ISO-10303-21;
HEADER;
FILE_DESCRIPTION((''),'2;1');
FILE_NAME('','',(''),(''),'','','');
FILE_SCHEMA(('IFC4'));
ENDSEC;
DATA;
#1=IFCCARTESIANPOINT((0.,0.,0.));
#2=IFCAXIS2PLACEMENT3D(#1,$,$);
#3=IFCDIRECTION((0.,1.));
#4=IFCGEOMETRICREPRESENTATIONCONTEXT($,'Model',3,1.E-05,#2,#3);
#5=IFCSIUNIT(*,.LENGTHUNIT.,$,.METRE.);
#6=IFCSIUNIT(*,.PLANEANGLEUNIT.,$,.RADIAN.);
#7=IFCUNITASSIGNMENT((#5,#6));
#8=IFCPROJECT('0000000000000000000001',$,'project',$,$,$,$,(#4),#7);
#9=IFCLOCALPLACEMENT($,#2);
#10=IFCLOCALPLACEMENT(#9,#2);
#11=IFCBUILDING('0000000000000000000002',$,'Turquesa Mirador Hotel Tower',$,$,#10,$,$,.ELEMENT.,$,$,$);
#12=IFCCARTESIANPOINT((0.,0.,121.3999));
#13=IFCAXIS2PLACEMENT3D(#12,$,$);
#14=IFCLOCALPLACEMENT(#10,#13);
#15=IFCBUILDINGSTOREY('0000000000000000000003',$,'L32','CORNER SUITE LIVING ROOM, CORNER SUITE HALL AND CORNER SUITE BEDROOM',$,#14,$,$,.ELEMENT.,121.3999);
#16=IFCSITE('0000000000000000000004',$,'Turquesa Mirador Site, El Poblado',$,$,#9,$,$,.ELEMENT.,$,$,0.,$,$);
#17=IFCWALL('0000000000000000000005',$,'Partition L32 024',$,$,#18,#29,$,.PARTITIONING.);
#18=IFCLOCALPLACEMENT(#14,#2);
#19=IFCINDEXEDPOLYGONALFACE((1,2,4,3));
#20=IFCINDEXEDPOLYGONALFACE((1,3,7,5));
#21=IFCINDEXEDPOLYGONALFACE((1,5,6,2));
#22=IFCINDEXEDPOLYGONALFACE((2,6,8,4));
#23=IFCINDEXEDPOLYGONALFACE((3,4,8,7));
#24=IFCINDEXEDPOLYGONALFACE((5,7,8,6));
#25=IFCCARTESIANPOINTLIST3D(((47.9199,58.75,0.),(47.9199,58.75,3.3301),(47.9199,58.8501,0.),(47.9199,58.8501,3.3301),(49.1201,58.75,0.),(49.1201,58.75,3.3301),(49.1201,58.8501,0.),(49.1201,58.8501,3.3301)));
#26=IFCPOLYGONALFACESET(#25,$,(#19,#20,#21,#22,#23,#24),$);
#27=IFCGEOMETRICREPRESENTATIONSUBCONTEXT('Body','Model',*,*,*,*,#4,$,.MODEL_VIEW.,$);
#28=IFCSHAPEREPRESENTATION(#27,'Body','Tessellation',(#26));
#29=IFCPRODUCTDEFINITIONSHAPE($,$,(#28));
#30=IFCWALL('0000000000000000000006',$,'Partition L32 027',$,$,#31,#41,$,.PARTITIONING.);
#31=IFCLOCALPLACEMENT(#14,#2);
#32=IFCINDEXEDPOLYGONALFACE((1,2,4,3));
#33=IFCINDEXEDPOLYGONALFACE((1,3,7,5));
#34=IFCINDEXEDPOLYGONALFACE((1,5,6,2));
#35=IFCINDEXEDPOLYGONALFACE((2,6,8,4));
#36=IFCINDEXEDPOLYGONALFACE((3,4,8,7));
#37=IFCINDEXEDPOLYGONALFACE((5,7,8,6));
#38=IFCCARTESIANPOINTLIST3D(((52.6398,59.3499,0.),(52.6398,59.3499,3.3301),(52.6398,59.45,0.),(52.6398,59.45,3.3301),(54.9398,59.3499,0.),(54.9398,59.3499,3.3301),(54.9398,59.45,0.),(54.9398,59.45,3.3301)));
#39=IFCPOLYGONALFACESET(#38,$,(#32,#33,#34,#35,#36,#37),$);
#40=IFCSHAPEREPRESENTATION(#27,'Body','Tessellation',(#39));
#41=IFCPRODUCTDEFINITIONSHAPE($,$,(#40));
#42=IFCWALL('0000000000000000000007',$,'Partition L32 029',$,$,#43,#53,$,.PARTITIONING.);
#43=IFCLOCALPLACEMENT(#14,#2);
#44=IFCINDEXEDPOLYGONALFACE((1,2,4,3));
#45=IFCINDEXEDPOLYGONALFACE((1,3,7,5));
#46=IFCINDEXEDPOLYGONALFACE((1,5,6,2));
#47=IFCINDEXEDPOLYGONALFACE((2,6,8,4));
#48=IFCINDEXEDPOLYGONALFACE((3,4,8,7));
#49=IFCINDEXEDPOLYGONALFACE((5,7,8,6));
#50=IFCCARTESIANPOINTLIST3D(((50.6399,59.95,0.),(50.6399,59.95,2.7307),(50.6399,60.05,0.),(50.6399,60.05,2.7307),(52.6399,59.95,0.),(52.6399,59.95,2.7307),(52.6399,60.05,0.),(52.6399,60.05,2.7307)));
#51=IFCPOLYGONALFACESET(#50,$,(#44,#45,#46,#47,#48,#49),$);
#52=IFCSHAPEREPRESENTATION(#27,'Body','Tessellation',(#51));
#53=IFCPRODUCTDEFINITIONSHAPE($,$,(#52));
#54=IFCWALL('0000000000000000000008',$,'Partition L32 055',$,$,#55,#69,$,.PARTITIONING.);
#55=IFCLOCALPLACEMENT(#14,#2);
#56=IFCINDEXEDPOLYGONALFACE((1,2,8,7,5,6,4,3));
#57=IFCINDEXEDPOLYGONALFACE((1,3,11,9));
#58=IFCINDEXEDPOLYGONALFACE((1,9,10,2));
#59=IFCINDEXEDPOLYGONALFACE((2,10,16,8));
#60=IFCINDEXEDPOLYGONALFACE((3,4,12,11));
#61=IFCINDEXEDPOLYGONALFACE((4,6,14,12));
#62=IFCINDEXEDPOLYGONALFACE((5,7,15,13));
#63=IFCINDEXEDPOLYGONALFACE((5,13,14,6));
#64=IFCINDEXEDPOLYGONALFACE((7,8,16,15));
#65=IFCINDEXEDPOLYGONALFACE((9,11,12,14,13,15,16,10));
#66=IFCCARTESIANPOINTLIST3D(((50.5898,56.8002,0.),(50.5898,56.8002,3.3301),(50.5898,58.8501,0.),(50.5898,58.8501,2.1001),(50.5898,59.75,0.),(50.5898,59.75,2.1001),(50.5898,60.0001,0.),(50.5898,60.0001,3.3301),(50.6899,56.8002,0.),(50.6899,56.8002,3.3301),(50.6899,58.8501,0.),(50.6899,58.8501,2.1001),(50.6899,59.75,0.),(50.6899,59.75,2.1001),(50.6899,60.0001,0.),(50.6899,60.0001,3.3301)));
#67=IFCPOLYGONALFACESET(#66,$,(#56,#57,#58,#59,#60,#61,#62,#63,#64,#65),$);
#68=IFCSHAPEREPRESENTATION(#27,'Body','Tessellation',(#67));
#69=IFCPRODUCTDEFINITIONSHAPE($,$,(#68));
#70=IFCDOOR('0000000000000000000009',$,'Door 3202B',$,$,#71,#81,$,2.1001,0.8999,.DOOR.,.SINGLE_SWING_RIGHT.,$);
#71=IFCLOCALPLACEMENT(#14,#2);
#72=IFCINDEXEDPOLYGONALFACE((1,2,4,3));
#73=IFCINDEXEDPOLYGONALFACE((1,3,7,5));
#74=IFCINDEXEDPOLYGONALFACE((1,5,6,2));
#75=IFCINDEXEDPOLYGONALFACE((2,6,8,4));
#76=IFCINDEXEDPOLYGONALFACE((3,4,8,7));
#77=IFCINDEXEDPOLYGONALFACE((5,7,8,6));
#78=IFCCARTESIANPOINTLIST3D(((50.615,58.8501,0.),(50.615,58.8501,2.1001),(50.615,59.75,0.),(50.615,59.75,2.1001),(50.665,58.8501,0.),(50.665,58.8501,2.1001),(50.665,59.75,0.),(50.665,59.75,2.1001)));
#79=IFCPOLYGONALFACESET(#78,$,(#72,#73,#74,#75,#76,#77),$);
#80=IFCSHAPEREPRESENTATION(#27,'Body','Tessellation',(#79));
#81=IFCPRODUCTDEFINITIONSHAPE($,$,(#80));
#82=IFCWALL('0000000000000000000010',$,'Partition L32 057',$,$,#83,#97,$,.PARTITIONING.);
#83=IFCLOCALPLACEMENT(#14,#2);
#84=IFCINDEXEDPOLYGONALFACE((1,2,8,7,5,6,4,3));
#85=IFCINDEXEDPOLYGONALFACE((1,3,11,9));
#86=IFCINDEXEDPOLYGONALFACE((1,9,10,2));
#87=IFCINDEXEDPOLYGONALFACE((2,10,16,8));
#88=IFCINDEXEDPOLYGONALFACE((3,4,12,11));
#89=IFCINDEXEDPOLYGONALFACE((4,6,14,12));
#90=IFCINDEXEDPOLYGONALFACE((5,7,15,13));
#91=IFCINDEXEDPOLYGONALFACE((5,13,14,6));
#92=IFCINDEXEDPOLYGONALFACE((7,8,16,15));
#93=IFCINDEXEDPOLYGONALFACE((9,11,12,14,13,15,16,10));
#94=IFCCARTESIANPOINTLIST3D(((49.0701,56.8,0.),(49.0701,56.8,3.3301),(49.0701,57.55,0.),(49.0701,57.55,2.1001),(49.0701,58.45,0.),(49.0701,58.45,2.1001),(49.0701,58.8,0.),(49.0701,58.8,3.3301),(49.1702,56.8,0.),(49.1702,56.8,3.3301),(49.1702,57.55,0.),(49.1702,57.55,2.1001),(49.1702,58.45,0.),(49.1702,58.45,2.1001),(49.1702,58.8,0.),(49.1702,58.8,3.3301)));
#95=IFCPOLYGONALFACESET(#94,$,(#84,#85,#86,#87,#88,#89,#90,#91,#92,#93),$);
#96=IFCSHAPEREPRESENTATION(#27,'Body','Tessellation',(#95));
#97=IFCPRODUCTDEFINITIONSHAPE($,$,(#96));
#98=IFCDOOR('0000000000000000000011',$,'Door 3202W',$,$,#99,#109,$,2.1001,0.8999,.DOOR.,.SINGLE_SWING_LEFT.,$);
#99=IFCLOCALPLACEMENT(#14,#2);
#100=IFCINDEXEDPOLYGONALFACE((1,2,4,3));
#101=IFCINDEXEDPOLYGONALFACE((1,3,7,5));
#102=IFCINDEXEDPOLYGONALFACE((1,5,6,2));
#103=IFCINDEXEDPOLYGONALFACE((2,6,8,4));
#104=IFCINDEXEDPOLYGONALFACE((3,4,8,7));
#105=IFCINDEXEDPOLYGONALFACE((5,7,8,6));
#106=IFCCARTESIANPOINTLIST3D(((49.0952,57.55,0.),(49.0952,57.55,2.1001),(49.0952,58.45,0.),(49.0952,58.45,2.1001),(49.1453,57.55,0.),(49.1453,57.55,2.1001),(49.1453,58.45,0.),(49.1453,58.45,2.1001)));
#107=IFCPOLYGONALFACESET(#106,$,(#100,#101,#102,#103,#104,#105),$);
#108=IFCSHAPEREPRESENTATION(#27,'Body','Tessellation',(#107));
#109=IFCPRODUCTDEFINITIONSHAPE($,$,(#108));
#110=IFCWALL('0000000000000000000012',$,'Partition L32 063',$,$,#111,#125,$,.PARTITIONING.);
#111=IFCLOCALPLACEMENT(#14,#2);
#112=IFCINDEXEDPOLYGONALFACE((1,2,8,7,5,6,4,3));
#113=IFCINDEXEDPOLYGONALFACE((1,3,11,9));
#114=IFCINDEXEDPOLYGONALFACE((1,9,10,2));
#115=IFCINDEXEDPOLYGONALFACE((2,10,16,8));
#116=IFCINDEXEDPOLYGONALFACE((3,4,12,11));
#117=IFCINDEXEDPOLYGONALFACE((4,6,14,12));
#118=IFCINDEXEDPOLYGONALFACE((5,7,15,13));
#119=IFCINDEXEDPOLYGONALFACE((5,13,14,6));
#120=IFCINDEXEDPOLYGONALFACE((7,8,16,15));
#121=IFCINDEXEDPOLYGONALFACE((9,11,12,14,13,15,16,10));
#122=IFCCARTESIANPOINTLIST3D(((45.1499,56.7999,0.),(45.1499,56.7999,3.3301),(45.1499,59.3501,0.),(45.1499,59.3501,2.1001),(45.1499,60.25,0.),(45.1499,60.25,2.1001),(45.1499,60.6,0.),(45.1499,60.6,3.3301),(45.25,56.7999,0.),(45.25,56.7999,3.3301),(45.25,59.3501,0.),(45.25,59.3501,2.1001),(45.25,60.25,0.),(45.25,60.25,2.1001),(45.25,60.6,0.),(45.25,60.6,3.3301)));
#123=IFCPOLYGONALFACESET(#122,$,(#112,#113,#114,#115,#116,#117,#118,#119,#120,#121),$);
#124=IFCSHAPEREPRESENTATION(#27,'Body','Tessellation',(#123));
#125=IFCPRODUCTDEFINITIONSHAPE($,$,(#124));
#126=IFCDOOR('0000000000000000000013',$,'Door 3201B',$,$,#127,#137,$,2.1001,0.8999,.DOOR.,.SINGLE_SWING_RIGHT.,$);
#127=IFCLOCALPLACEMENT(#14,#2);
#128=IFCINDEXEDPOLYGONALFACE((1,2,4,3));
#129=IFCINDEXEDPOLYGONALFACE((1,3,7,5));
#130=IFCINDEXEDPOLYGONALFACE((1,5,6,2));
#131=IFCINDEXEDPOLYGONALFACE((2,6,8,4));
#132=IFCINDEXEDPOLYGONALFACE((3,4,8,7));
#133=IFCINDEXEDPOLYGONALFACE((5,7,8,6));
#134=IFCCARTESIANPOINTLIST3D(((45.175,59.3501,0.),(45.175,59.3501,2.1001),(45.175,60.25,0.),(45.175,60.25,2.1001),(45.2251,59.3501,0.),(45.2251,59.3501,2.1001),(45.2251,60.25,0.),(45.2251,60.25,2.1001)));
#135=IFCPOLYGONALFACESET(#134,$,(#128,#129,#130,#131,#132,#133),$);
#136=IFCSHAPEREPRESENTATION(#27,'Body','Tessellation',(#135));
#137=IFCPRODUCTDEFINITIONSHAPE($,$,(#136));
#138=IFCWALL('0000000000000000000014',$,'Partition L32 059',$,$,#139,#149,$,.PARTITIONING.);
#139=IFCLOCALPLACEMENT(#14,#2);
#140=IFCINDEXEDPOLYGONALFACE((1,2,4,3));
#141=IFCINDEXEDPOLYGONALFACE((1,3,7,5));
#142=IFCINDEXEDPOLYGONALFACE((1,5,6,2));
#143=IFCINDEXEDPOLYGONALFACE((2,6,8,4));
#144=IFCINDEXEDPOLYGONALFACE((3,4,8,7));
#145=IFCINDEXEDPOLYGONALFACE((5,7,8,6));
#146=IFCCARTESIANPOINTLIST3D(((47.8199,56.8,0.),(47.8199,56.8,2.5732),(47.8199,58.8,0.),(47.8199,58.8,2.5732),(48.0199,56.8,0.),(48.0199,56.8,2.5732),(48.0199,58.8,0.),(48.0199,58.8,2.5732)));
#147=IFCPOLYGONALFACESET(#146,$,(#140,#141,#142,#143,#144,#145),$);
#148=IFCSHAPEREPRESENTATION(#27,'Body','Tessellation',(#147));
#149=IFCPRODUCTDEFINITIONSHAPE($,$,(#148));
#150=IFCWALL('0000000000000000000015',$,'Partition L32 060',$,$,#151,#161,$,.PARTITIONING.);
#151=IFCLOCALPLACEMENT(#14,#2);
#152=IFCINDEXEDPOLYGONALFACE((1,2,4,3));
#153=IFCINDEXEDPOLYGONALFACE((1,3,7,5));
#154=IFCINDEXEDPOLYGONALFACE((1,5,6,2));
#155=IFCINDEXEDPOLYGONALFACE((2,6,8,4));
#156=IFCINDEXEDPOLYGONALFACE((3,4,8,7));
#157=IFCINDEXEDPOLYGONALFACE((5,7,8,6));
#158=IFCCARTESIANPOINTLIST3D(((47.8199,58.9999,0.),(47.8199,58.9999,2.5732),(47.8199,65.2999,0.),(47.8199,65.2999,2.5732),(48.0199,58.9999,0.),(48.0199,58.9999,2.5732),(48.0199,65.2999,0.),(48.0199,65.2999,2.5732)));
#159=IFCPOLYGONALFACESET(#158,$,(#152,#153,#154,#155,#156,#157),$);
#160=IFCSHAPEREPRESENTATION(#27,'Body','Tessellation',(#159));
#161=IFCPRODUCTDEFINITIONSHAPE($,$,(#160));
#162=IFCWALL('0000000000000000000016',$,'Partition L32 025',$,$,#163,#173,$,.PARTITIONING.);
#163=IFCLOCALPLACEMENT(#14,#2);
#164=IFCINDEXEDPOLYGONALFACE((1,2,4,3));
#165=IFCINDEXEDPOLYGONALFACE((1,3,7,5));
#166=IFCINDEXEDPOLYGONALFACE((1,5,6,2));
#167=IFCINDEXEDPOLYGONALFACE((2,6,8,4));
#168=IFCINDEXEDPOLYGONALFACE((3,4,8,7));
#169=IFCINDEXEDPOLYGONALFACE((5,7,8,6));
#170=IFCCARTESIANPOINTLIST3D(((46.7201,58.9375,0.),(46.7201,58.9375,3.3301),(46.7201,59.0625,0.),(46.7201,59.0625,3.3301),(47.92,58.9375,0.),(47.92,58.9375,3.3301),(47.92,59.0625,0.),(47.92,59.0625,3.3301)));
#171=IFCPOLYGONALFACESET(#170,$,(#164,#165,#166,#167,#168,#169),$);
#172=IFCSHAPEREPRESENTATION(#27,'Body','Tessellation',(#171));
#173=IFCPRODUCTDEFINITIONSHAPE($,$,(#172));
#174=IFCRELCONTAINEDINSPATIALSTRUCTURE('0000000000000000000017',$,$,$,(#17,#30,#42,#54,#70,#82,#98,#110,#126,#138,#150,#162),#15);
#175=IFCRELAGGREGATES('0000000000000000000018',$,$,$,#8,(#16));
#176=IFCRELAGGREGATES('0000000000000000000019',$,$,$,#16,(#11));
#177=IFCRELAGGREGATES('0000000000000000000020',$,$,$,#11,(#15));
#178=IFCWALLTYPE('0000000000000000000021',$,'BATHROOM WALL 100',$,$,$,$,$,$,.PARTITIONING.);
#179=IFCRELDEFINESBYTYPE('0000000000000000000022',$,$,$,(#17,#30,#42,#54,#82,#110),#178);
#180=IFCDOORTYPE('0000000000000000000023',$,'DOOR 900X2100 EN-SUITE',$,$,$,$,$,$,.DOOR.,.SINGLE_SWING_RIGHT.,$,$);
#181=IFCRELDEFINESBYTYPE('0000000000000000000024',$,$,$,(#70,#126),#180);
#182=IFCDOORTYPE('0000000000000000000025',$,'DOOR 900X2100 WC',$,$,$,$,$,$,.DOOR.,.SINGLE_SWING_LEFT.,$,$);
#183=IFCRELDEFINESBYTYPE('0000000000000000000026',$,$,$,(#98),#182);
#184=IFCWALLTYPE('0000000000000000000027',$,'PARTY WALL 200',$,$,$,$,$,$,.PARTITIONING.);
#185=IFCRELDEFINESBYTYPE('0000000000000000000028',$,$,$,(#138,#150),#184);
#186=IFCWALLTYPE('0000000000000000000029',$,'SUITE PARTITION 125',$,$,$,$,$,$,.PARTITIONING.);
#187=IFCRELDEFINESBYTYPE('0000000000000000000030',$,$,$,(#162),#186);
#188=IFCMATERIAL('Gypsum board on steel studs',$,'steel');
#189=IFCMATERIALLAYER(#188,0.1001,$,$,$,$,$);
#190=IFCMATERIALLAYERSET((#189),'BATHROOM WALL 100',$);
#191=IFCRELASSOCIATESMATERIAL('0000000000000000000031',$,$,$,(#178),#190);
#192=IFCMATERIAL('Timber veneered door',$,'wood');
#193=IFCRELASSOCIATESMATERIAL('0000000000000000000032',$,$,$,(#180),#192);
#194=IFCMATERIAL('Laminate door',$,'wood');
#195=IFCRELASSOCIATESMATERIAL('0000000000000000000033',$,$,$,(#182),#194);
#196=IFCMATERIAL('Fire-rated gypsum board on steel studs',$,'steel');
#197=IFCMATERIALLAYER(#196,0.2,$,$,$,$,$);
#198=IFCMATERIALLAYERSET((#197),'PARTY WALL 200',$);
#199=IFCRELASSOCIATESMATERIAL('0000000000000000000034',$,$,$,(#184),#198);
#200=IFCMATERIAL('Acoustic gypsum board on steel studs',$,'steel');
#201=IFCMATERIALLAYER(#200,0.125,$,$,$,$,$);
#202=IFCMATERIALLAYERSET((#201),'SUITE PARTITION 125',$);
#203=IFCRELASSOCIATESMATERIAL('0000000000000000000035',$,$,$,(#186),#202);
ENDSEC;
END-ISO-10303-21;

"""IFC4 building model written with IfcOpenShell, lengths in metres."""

from ifc_helpers import new_model, si_unit, direction, frame, frame_2d, origin, place, context, subcontext, project, spatial, rectangle, extrude, material, layer, layer_set, type_object, element, fill, save


model = new_model("IFC4")

# Units and contexts
model_context = context("Model", 3, precision=1e-05, world=origin(), true_north=direction((0.0, 1.0)))
body_context = subcontext(model_context, "Body", "Model", "MODEL_VIEW")
ifc_project = project(units=[si_unit("LENGTHUNIT", "METRE"), si_unit("PLANEANGLEUNIT", "RADIAN")], contexts=[model_context])

# Site, building, storey
site_placement = place(None, origin())
site = spatial("IfcSite", under=ifc_project, at=site_placement, Name="Turquesa Mirador Site, El Poblado", CompositionType="ELEMENT", RefElevation=0.0)
building_placement = place(site_placement, origin())
building = spatial("IfcBuilding", under=site, at=building_placement, Name="Turquesa Mirador Hotel Tower", CompositionType="ELEMENT")
storey_placement = place(building_placement, frame((0.0, 0.0, 121.3999)))
storey = spatial("IfcBuildingStorey", under=building, at=storey_placement, Name="L32", Description="CORNER SUITE LIVING ROOM, CORNER SUITE HALL AND CORNER SUITE BEDROOM", CompositionType="ELEMENT", Elevation=121.3999)

# Walls
ifc_material_1 = material(Name="Gypsum board on steel studs", Category="steel")
ifc_layer_1 = layer(ifc_material_1, 0.1001)
ifc_layer_set_1 = layer_set([ifc_layer_1], Name="BATHROOM WALL 100")
wall_type_1 = type_object("IfcWallType", Name="BATHROOM WALL 100", PredefinedType="PARTITIONING", material=ifc_layer_set_1)
wall_1_placement = place(storey_placement, frame((47.9199, 58.8, 0.0), z_axis=(0.0, 0.0, 1.0), x_axis=(1.0, 0.0, 0.0)))
element("IfcWall", 1, at=wall_1_placement, inside=storey, type_object=wall_type_1, Name="Partition L32 024", PredefinedType="PARTITIONING", context=body_context, shape_type="SweptSolid", body=[
    extrude(rectangle(XDim=1.2002, YDim=0.1001, at=frame_2d((0.6001, 0.0))), origin(), (0.0, 0.0, 1.0), 3.3301),
])
wall_2_placement = place(storey_placement, frame((52.6399, 59.3999, 0.0), z_axis=(0.0, 0.0, 1.0), x_axis=(1.0, 0.0, 0.0)))
element("IfcWall", 2, at=wall_2_placement, inside=storey, type_object=wall_type_1, Name="Partition L32 027", PredefinedType="PARTITIONING", context=body_context, shape_type="SweptSolid", body=[
    extrude(rectangle(XDim=2.3, YDim=0.1001, at=frame_2d((1.1499, 0.0))), origin(), (0.0, 0.0, 1.0), 3.3301),
])
wall_3_placement = place(storey_placement, frame((50.6399, 60.0, 0.0), z_axis=(0.0, 0.0, 1.0), x_axis=(1.0, 0.0, 0.0)))
element("IfcWall", 3, at=wall_3_placement, inside=storey, type_object=wall_type_1, Name="Partition L32 029", PredefinedType="PARTITIONING", context=body_context, shape_type="SweptSolid", body=[
    extrude(rectangle(XDim=2.0, YDim=0.1001, at=frame_2d((1.0, 0.0))), origin(), (0.0, 0.0, 1.0), 2.7307),
])

# Walls, openings, doors
wall_4_placement = place(storey_placement, frame((50.6399, 56.8, 0.0), z_axis=(0.0, 0.0, 1.0), x_axis=(0.0, 1.0, 0.0)))
wall_4 = element("IfcWall", 4, at=wall_4_placement, inside=storey, type_object=wall_type_1, Name="Partition L32 055", PredefinedType="PARTITIONING", context=body_context, shape_type="SweptSolid", body=[
    extrude(rectangle(XDim=3.2, YDim=0.1001, at=frame_2d((1.6001, 0.0))), origin(), (0.0, 0.0, 1.0), 3.3301),
])
opening_1_placement = place(wall_4_placement, frame((2.05, 0.0, 0.0)))
opening_1 = element("IfcOpeningElement", 5, at=opening_1_placement, cuts=wall_4, PredefinedType="OPENING", context=body_context, shape_type="SweptSolid", body=[
    extrude(rectangle(XDim=0.8999, YDim=2.1001, at=frame_2d((0.45, 1.05))), frame((0.0, 0.0601, 0.0), z_axis=(0.0, -1.0, 0.0), x_axis=(1.0, 0.0, 0.0)), (0.0, 0.0, 1.0), 0.1201),
])
ifc_material_2 = material(Name="Timber veneered door", Category="wood")
door_type_1 = type_object("IfcDoorType", Name="DOOR 900X2100 EN-SUITE", OperationType="SINGLE_SWING_RIGHT", PredefinedType="DOOR", material=ifc_material_2)
door_1_placement = place(opening_1_placement, origin())
door_1 = element("IfcDoor", 6, at=door_1_placement, inside=storey, type_object=door_type_1, Name="Door 3202B", OperationType="SINGLE_SWING_RIGHT", OverallHeight=2.1001, OverallWidth=0.8999, PredefinedType="DOOR", context=body_context, shape_type="SweptSolid", body=[
    extrude(rectangle(XDim=0.8999, YDim=2.1001, at=frame_2d((0.45, 1.05))), frame((0.0, 0.0249, 0.0), z_axis=(0.0, -1.0, 0.0), x_axis=(1.0, 0.0, 0.0)), (0.0, 0.0, 1.0), 0.05),
])
fill(opening_1, door_1)
wall_5_placement = place(storey_placement, frame((49.1201, 56.8, 0.0), z_axis=(0.0, 0.0, 1.0), x_axis=(0.0, 1.0, 0.0)))
wall_5 = element("IfcWall", 7, at=wall_5_placement, inside=storey, type_object=wall_type_1, Name="Partition L32 057", PredefinedType="PARTITIONING", context=body_context, shape_type="SweptSolid", body=[
    extrude(rectangle(XDim=2.0, YDim=0.1001, at=frame_2d((1.0, 0.0))), origin(), (0.0, 0.0, 1.0), 3.3301),
])
opening_2_placement = place(wall_5_placement, frame((0.75, 0.0, 0.0)))
opening_2 = element("IfcOpeningElement", 8, at=opening_2_placement, cuts=wall_5, PredefinedType="OPENING", context=body_context, shape_type="SweptSolid", body=[
    extrude(rectangle(XDim=0.8999, YDim=2.1001, at=frame_2d((0.45, 1.05))), frame((0.0, 0.0601, 0.0), z_axis=(0.0, -1.0, 0.0), x_axis=(1.0, 0.0, 0.0)), (0.0, 0.0, 1.0), 0.1201),
])
ifc_material_3 = material(Name="Laminate door", Category="wood")
door_type_2 = type_object("IfcDoorType", Name="DOOR 900X2100 WC", OperationType="SINGLE_SWING_LEFT", PredefinedType="DOOR", material=ifc_material_3)
door_2_placement = place(opening_2_placement, origin())
door_2 = element("IfcDoor", 9, at=door_2_placement, inside=storey, type_object=door_type_2, Name="Door 3202W", OperationType="SINGLE_SWING_LEFT", OverallHeight=2.1001, OverallWidth=0.8999, PredefinedType="DOOR", context=body_context, shape_type="SweptSolid", body=[
    extrude(rectangle(XDim=0.8999, YDim=2.1001, at=frame_2d((0.45, 1.05))), frame((0.0, 0.0249, 0.0), z_axis=(0.0, -1.0, 0.0), x_axis=(1.0, 0.0, 0.0)), (0.0, 0.0, 1.0), 0.05),
])
fill(opening_2, door_2)
wall_6_placement = place(storey_placement, frame((45.2, 56.8, 0.0), z_axis=(0.0, 0.0, 1.0), x_axis=(0.0, 1.0, 0.0)))
wall_6 = element("IfcWall", 10, at=wall_6_placement, inside=storey, type_object=wall_type_1, Name="Partition L32 063", PredefinedType="PARTITIONING", context=body_context, shape_type="SweptSolid", body=[
    extrude(rectangle(XDim=3.8, YDim=0.1001, at=frame_2d((1.8999, 0.0))), origin(), (0.0, 0.0, 1.0), 3.3301),
])
opening_3_placement = place(wall_6_placement, frame((2.55, 0.0, 0.0)))
opening_3 = element("IfcOpeningElement", 11, at=opening_3_placement, cuts=wall_6, PredefinedType="OPENING", context=body_context, shape_type="SweptSolid", body=[
    extrude(rectangle(XDim=0.8999, YDim=2.1001, at=frame_2d((0.45, 1.05))), frame((0.0, 0.0601, 0.0), z_axis=(0.0, -1.0, 0.0), x_axis=(1.0, 0.0, 0.0)), (0.0, 0.0, 1.0), 0.1201),
])
door_3_placement = place(opening_3_placement, origin())
door_3 = element("IfcDoor", 12, at=door_3_placement, inside=storey, type_object=door_type_1, Name="Door 3201B", OperationType="SINGLE_SWING_RIGHT", OverallHeight=2.1001, OverallWidth=0.8999, PredefinedType="DOOR", context=body_context, shape_type="SweptSolid", body=[
    extrude(rectangle(XDim=0.8999, YDim=2.1001, at=frame_2d((0.45, 1.05))), frame((0.0, 0.0249, 0.0), z_axis=(0.0, -1.0, 0.0), x_axis=(1.0, 0.0, 0.0)), (0.0, 0.0, 1.0), 0.05),
])
fill(opening_3, door_3)

# Walls
ifc_material_4 = material(Name="Fire-rated gypsum board on steel studs", Category="steel")
ifc_layer_2 = layer(ifc_material_4, 0.2)
ifc_layer_set_2 = layer_set([ifc_layer_2], Name="PARTY WALL 200")
wall_type_2 = type_object("IfcWallType", Name="PARTY WALL 200", PredefinedType="PARTITIONING", material=ifc_layer_set_2)
wall_7_placement = place(storey_placement, frame((47.9199, 56.8, 0.0), z_axis=(0.0, 0.0, 1.0), x_axis=(0.0, 1.0, 0.0)))
element("IfcWall", 13, at=wall_7_placement, inside=storey, type_object=wall_type_2, Name="Partition L32 059", PredefinedType="PARTITIONING", context=body_context, shape_type="SweptSolid", body=[
    extrude(rectangle(XDim=2.0, YDim=0.2, at=frame_2d((1.0, 0.0))), origin(), (0.0, 0.0, 1.0), 2.5732),
])
wall_8_placement = place(storey_placement, frame((47.9199, 59.0, 0.0), z_axis=(0.0, 0.0, 1.0), x_axis=(0.0, 1.0, 0.0)))
element("IfcWall", 14, at=wall_8_placement, inside=storey, type_object=wall_type_2, Name="Partition L32 060", PredefinedType="PARTITIONING", context=body_context, shape_type="SweptSolid", body=[
    extrude(rectangle(XDim=6.3, YDim=0.2, at=frame_2d((3.1499, 0.0))), origin(), (0.0, 0.0, 1.0), 2.5732),
])
ifc_material_5 = material(Name="Acoustic gypsum board on steel studs", Category="steel")
ifc_layer_3 = layer(ifc_material_5, 0.125)
ifc_layer_set_3 = layer_set([ifc_layer_3], Name="SUITE PARTITION 125")
wall_type_3 = type_object("IfcWallType", Name="SUITE PARTITION 125", PredefinedType="PARTITIONING", material=ifc_layer_set_3)
wall_9_placement = place(storey_placement, frame((46.72, 59.0, 0.0), z_axis=(0.0, 0.0, 1.0), x_axis=(1.0, 0.0, 0.0)))
element("IfcWall", 15, at=wall_9_placement, inside=storey, type_object=wall_type_3, Name="Partition L32 025", PredefinedType="PARTITIONING", context=body_context, shape_type="SweptSolid", body=[
    extrude(rectangle(XDim=1.2, YDim=0.125, at=frame_2d((0.6001, 0.0))), origin(), (0.0, 0.0, 1.0), 3.3301),
])

save(model, "model.ifc")
